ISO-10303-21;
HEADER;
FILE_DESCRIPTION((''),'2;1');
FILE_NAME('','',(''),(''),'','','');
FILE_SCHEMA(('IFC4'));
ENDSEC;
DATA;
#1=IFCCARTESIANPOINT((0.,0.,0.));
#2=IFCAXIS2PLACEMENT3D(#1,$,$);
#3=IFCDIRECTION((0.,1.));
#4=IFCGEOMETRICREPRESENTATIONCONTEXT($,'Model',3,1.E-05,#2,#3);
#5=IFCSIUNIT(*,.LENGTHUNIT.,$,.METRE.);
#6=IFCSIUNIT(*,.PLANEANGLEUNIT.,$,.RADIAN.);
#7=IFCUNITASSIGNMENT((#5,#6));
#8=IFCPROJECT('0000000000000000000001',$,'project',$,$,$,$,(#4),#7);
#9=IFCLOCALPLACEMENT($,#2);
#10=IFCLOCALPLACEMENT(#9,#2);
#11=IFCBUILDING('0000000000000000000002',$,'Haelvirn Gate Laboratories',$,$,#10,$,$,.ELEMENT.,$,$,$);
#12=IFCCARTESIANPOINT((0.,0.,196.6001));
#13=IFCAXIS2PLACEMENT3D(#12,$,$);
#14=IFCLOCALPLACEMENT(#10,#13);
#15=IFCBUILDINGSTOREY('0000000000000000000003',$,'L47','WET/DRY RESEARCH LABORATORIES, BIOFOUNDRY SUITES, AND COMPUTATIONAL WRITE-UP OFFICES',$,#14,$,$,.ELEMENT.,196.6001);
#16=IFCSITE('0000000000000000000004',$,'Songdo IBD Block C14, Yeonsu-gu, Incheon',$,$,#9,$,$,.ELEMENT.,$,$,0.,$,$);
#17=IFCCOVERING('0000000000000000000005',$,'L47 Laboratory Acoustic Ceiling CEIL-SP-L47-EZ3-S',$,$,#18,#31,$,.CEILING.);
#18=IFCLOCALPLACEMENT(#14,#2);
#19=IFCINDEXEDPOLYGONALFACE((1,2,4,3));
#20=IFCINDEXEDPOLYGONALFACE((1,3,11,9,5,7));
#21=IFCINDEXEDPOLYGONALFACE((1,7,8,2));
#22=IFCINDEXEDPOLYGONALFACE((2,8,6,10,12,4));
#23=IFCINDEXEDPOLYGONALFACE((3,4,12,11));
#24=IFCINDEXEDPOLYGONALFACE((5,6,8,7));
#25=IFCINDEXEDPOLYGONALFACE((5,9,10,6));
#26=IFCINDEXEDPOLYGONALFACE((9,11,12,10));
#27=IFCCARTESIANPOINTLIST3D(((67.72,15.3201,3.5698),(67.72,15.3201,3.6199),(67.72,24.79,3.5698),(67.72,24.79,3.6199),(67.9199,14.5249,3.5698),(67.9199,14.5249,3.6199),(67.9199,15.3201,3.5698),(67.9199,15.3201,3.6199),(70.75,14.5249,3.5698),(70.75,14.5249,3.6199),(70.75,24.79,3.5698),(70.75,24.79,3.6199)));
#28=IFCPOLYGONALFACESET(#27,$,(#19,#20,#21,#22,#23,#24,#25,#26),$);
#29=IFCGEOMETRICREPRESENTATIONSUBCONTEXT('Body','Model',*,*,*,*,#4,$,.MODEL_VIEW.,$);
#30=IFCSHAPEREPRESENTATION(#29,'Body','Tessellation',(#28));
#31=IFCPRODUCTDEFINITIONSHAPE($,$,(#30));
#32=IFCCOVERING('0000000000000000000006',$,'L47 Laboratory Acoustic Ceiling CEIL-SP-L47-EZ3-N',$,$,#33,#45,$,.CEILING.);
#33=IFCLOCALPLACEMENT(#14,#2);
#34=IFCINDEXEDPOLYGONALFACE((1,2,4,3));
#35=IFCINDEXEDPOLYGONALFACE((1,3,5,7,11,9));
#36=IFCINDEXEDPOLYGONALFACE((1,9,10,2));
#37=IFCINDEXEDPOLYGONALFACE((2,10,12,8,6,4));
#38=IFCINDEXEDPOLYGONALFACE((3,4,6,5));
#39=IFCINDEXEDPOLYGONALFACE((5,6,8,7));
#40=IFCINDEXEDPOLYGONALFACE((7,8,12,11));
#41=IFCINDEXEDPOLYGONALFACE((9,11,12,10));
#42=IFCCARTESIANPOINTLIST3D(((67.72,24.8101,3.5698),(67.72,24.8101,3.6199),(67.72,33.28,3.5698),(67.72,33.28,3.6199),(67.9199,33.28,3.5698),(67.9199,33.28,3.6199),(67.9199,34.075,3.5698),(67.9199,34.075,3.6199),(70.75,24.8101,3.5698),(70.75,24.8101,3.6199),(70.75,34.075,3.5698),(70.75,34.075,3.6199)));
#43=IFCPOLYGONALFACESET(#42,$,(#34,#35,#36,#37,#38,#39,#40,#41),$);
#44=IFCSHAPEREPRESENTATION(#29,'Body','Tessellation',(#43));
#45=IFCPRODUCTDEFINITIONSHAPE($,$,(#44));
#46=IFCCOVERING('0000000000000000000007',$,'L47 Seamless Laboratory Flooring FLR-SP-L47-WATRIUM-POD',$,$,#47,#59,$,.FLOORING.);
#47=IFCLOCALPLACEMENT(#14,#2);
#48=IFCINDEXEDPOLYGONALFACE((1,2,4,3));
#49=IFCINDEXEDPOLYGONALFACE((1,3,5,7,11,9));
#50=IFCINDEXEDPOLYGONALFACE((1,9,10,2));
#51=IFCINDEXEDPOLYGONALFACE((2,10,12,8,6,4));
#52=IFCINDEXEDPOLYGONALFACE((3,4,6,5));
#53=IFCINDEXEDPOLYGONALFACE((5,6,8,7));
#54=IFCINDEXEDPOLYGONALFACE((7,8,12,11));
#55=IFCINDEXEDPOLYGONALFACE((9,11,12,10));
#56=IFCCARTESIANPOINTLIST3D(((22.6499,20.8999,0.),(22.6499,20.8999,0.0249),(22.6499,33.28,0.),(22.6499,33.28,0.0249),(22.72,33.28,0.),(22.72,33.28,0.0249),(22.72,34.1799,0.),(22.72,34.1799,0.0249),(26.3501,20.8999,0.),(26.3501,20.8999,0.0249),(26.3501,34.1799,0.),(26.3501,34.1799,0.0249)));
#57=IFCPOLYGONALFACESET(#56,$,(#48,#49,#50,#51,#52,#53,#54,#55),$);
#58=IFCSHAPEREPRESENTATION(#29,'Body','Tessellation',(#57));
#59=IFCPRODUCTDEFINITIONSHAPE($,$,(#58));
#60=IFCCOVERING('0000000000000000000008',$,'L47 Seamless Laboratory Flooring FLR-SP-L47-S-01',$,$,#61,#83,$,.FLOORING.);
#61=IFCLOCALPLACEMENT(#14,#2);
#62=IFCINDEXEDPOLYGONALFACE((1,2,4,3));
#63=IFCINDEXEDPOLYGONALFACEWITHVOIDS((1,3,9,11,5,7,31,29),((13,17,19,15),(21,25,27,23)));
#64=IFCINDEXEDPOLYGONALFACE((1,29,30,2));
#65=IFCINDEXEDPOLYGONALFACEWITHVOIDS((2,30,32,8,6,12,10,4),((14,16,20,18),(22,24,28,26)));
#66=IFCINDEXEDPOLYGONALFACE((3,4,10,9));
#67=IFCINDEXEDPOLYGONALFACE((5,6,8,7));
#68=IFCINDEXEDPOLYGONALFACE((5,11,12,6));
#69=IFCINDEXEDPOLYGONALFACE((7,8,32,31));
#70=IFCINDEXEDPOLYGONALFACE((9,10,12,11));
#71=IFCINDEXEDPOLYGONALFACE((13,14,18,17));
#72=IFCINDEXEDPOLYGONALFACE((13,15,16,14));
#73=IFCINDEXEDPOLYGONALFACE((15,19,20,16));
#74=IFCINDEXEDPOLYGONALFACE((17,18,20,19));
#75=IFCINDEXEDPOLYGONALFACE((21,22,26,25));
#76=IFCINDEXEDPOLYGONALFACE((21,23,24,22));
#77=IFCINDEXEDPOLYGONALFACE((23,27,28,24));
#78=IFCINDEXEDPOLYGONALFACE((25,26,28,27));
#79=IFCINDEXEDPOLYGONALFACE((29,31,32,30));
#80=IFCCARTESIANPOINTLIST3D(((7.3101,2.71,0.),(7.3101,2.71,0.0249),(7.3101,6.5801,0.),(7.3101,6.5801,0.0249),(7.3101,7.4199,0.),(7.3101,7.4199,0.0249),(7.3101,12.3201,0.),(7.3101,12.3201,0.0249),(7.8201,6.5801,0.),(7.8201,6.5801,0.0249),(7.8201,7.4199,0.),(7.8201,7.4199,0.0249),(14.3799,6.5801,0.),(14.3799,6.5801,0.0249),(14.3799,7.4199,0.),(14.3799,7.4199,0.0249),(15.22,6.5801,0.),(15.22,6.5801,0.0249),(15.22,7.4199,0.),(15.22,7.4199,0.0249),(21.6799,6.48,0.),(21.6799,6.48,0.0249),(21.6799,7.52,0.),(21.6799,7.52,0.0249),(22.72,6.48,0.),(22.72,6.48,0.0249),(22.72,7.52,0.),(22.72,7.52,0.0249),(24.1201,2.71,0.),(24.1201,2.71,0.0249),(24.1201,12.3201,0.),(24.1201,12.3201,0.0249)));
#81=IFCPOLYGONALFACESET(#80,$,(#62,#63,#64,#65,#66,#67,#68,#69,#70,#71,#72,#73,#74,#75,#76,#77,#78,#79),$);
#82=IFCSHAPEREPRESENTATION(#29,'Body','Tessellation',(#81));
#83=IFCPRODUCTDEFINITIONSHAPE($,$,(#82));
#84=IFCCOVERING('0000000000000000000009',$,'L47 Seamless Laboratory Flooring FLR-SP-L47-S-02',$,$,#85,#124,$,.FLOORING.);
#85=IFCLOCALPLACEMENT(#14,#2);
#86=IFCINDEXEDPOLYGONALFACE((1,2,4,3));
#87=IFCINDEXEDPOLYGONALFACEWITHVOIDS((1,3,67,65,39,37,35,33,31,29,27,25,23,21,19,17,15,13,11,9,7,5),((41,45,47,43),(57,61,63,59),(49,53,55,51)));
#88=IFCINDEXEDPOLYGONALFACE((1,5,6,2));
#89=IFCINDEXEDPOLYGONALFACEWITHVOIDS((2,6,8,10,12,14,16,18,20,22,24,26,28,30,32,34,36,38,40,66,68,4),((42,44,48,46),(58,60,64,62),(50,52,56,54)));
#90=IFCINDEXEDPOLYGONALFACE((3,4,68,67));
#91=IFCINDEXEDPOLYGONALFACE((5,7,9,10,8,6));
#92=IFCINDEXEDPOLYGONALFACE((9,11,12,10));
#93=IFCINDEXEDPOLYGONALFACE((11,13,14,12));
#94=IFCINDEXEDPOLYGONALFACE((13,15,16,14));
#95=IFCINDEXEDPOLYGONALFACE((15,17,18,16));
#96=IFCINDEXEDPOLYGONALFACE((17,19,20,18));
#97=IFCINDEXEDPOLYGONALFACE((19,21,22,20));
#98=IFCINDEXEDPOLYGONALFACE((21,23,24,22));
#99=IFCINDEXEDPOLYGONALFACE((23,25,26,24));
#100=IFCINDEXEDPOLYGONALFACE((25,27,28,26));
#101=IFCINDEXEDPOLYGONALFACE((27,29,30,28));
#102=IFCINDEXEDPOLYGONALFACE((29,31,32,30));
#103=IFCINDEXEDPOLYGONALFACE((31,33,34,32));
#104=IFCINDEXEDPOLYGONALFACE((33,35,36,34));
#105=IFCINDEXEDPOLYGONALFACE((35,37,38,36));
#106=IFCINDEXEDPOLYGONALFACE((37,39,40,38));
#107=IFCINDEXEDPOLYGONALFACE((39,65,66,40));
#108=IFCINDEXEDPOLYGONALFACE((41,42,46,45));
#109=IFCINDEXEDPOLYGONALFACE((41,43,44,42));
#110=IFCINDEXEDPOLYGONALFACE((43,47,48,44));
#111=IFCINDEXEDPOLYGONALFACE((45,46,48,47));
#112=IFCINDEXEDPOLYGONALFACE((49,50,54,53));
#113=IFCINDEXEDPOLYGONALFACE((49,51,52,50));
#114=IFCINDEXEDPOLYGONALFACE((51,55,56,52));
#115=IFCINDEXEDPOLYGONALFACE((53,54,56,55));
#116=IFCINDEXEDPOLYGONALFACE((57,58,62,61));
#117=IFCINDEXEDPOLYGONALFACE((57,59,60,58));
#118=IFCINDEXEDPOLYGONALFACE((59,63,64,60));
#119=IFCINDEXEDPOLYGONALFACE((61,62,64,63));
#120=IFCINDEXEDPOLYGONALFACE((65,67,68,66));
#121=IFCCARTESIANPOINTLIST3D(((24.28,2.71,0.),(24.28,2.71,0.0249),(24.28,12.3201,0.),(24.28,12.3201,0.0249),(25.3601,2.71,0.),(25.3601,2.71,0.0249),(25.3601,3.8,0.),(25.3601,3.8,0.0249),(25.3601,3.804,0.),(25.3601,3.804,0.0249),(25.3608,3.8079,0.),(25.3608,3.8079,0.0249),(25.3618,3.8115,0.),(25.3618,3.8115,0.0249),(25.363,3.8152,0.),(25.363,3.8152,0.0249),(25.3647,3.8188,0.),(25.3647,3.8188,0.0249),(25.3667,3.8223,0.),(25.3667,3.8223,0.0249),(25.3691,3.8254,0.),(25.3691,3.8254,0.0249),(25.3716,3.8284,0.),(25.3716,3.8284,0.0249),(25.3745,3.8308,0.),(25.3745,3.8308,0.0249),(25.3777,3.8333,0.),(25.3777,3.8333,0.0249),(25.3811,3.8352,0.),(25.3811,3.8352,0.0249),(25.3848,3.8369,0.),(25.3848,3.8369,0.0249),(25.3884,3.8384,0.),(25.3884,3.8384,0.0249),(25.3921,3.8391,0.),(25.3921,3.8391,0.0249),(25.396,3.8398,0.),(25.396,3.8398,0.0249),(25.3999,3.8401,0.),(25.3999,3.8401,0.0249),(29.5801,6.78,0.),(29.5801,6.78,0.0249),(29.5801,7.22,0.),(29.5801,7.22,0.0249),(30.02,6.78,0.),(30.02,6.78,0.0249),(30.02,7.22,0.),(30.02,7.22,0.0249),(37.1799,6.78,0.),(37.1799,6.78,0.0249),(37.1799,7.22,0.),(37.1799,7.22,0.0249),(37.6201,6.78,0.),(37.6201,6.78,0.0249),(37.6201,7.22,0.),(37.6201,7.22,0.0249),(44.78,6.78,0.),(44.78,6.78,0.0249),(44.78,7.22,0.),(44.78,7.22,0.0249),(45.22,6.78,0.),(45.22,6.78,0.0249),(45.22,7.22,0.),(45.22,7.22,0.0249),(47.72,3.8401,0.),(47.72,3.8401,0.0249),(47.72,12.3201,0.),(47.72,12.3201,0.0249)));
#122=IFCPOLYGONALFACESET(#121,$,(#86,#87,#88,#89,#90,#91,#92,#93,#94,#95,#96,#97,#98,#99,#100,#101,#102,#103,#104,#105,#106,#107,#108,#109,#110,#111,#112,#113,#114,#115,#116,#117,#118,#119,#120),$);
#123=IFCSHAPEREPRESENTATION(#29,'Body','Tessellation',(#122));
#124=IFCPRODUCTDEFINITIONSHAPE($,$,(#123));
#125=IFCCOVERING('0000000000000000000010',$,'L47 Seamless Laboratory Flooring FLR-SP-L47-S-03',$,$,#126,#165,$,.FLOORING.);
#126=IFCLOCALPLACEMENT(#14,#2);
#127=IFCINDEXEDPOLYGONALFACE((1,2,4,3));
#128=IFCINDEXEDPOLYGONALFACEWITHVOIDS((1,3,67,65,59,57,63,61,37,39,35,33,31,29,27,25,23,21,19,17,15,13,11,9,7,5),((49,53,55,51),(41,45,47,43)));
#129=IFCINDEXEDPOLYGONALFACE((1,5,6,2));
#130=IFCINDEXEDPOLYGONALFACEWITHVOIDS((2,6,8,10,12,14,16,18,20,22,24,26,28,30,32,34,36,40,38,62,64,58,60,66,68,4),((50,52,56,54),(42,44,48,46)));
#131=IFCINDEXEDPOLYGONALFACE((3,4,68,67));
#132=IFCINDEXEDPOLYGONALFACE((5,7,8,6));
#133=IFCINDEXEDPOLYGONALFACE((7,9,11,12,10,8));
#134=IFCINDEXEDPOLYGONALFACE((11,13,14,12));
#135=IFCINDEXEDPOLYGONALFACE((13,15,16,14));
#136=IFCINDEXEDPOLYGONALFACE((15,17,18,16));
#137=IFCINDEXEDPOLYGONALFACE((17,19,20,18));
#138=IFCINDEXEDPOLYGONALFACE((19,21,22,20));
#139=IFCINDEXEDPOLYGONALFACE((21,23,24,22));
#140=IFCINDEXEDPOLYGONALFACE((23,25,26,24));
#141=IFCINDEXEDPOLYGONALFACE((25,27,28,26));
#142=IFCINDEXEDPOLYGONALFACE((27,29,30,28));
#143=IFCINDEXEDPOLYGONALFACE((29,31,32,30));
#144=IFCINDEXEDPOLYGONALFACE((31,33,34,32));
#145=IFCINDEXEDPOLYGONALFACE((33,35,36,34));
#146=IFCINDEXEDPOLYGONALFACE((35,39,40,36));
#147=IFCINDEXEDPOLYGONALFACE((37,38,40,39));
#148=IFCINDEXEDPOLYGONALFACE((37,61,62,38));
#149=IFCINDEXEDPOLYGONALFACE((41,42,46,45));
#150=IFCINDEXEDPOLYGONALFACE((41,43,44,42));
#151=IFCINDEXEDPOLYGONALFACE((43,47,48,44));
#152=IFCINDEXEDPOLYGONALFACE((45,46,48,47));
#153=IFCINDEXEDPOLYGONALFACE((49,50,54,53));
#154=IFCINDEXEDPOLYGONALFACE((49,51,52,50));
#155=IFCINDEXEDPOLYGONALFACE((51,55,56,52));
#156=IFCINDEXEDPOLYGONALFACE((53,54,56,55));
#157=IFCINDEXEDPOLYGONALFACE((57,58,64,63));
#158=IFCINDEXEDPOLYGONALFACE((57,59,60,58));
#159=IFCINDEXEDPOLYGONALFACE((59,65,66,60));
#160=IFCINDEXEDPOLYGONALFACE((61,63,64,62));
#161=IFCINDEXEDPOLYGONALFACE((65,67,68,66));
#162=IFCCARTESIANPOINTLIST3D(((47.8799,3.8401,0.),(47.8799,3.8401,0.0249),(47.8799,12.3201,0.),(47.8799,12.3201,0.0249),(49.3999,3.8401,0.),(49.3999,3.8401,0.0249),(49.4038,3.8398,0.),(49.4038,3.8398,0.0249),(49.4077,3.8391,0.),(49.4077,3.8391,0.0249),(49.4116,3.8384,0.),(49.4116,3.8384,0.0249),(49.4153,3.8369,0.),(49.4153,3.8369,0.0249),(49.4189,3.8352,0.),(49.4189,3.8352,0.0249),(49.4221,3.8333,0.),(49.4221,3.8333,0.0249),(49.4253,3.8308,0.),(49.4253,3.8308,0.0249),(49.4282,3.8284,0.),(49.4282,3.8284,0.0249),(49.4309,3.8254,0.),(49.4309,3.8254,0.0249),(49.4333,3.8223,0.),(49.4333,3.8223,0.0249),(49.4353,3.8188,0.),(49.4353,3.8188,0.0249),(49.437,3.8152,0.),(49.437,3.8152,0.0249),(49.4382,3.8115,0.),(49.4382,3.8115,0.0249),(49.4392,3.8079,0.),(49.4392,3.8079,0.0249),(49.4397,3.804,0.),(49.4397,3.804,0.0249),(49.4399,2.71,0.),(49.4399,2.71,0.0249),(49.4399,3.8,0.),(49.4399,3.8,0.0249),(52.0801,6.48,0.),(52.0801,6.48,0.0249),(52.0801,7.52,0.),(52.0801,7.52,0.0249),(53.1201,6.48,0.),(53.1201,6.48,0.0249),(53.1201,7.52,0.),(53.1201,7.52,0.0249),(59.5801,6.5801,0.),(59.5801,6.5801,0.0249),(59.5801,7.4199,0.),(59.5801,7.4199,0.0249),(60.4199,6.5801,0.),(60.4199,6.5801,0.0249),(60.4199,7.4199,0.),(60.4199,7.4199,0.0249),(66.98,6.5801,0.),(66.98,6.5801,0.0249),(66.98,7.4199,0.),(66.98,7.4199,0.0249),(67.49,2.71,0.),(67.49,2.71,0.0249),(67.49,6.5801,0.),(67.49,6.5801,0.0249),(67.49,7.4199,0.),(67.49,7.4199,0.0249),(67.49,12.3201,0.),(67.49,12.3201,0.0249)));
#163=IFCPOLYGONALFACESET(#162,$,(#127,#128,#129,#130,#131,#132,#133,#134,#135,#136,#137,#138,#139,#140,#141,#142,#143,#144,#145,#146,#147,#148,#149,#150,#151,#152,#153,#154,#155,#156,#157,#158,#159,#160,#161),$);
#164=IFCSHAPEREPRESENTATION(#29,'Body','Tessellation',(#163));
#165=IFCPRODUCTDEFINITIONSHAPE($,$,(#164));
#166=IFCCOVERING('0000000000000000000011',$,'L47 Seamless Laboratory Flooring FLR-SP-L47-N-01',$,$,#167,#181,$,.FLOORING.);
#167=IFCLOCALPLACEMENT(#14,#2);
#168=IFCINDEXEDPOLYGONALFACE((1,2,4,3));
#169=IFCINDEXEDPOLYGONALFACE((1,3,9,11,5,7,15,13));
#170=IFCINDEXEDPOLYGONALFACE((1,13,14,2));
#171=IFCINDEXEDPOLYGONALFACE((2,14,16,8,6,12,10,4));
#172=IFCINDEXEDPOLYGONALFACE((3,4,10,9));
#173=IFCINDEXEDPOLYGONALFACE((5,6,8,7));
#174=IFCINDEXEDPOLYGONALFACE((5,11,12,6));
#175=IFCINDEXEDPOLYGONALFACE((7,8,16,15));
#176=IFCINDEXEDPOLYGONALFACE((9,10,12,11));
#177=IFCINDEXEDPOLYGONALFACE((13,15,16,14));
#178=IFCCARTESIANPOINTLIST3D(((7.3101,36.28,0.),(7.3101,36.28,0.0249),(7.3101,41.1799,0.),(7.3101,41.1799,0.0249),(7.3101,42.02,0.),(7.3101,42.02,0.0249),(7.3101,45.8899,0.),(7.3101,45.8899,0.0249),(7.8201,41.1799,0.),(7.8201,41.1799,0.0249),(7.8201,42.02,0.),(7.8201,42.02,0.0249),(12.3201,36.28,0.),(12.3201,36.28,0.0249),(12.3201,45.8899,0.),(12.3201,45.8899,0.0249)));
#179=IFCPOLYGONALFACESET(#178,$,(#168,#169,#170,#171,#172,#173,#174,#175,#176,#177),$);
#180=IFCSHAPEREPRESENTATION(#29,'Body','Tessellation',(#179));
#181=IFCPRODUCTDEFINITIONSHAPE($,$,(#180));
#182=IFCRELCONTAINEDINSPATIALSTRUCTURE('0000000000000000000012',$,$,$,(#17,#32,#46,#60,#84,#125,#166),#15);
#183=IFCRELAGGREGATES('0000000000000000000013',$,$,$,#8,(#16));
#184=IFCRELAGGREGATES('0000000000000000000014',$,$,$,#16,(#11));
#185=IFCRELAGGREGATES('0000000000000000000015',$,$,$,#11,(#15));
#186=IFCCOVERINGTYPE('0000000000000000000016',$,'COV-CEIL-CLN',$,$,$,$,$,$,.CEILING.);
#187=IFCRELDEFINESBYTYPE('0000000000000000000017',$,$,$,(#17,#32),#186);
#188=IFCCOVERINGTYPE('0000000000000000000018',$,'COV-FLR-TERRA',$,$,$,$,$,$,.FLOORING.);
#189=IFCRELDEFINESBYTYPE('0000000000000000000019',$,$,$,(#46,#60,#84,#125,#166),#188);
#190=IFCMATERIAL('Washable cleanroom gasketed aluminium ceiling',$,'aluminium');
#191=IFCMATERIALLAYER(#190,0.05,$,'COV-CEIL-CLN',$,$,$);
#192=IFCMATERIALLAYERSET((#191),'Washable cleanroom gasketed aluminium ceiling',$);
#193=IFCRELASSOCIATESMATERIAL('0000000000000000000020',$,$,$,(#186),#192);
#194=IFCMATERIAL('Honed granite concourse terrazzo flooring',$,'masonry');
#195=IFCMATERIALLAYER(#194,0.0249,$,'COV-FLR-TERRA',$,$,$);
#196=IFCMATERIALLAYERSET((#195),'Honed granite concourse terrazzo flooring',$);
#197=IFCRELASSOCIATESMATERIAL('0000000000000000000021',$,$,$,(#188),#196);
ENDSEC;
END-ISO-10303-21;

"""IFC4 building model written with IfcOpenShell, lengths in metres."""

from ifc_helpers import new_model, si_unit, direction, frame, origin, place, context, subcontext, project, spatial, polyline, outline, extrude, material, layer, layer_set, type_object, element, save


model = new_model("IFC4")

# Units and contexts
model_context = context("Model", 3, precision=1e-05, world=origin(), true_north=direction((0.0, 1.0)))
body_context = subcontext(model_context, "Body", "Model", "MODEL_VIEW")
ifc_project = project(units=[si_unit("LENGTHUNIT", "METRE"), si_unit("PLANEANGLEUNIT", "RADIAN")], contexts=[model_context])

# Site, building, storey
site_placement = place(None, origin())
site = spatial("IfcSite", under=ifc_project, at=site_placement, Name="Songdo IBD Block C14, Yeonsu-gu, Incheon", CompositionType="ELEMENT", RefElevation=0.0)
building_placement = place(site_placement, origin())
building = spatial("IfcBuilding", under=site, at=building_placement, Name="Haelvirn Gate Laboratories", CompositionType="ELEMENT")
storey_placement = place(building_placement, frame((0.0, 0.0, 196.6001)))
storey = spatial("IfcBuildingStorey", under=building, at=storey_placement, Name="L47", Description="WET/DRY RESEARCH LABORATORIES, BIOFOUNDRY SUITES, AND COMPUTATIONAL WRITE-UP OFFICES", CompositionType="ELEMENT", Elevation=196.6001)

# Coverings
ifc_material_1 = material(Name="Washable cleanroom gasketed aluminium ceiling", Category="aluminium")
ifc_layer_1 = layer(ifc_material_1, 0.05, Name="COV-CEIL-CLN")
ifc_layer_set_1 = layer_set([ifc_layer_1], Name="Washable cleanroom gasketed aluminium ceiling")
covering_type_1 = type_object("IfcCoveringType", Name="COV-CEIL-CLN", PredefinedType="CEILING", material=ifc_layer_set_1)
covering_1_placement = place(storey_placement, frame((0.0, 0.0, 3.5698)))
element("IfcCovering", 1, at=covering_1_placement, inside=storey, type_object=covering_type_1, Name="L47 Laboratory Acoustic Ceiling CEIL-SP-L47-EZ3-S", PredefinedType="CEILING", context=body_context, shape_type="SweptSolid", body=[
    extrude(outline(polyline([(70.75, 24.79), (70.75, 14.5249), (67.9199, 14.5249), (67.9199, 15.3201), (67.72, 15.3201), (67.72, 24.79), (70.75, 24.79)])), origin(), (0.0, 0.0, 1.0), 0.05),
])
covering_2_placement = place(storey_placement, frame((0.0, 0.0, 3.5698)))
element("IfcCovering", 2, at=covering_2_placement, inside=storey, type_object=covering_type_1, Name="L47 Laboratory Acoustic Ceiling CEIL-SP-L47-EZ3-N", PredefinedType="CEILING", context=body_context, shape_type="SweptSolid", body=[
    extrude(outline(polyline([(70.75, 34.075), (70.75, 24.8101), (67.72, 24.8101), (67.72, 33.28), (67.9199, 33.28), (67.9199, 34.075), (70.75, 34.075)])), origin(), (0.0, 0.0, 1.0), 0.05),
])
ifc_material_2 = material(Name="Honed granite concourse terrazzo flooring", Category="masonry")
ifc_layer_2 = layer(ifc_material_2, 0.0249, Name="COV-FLR-TERRA")
ifc_layer_set_2 = layer_set([ifc_layer_2], Name="Honed granite concourse terrazzo flooring")
covering_type_2 = type_object("IfcCoveringType", Name="COV-FLR-TERRA", PredefinedType="FLOORING", material=ifc_layer_set_2)
covering_3_placement = place(storey_placement, origin())
element("IfcCovering", 3, at=covering_3_placement, inside=storey, type_object=covering_type_2, Name="L47 Seamless Laboratory Flooring FLR-SP-L47-WATRIUM-POD", PredefinedType="FLOORING", context=body_context, shape_type="SweptSolid", body=[
    extrude(outline(polyline([(22.72, 33.28), (22.72, 34.1799), (26.3501, 34.1799), (26.3501, 20.8999), (22.6499, 20.8999), (22.6499, 33.28), (22.72, 33.28)])), origin(), (0.0, 0.0, 1.0), 0.0249),
])
covering_4_placement = place(storey_placement, origin())
element("IfcCovering", 4, at=covering_4_placement, inside=storey, type_object=covering_type_2, Name="L47 Seamless Laboratory Flooring FLR-SP-L47-S-01", PredefinedType="FLOORING", context=body_context, shape_type="SweptSolid", body=[
    extrude(outline(polyline([(7.3101, 2.71), (7.3101, 6.5801), (7.8201, 6.5801), (7.8201, 7.4199), (7.3101, 7.4199), (7.3101, 12.3201), (24.1201, 12.3201), (24.1201, 2.71), (7.3101, 2.71)]), holes=[polyline([(15.22, 6.5801), (15.22, 7.4199), (14.3799, 7.4199), (14.3799, 6.5801), (15.22, 6.5801)]), polyline([(21.6799, 6.48), (22.72, 6.48), (22.72, 7.52), (21.6799, 7.52), (21.6799, 6.48)])]), origin(), (0.0, 0.0, 1.0), 0.0249),
])
covering_5_placement = place(storey_placement, origin())
element("IfcCovering", 5, at=covering_5_placement, inside=storey, type_object=covering_type_2, Name="L47 Seamless Laboratory Flooring FLR-SP-L47-S-02", PredefinedType="FLOORING", context=body_context, shape_type="SweptSolid", body=[
    extrude(outline(polyline([(25.3999, 3.8401), (25.396, 3.8398), (25.3921, 3.8391), (25.3884, 3.8384), (25.3848, 3.8369), (25.3811, 3.8352), (25.3777, 3.8333), (25.3745, 3.8308), (25.3716, 3.8284), (25.3691, 3.8254), (25.3667, 3.8223), (25.3647, 3.8188), (25.363, 3.8152), (25.3618, 3.8115), (25.3608, 3.8079), (25.3601, 3.804), (25.3601, 3.8), (25.3601, 2.71), (24.28, 2.71), (24.28, 12.3201), (47.72, 12.3201), (47.72, 3.8401), (25.3999, 3.8401)]), holes=[polyline([(30.02, 6.78), (30.02, 7.22), (29.5801, 7.22), (29.5801, 6.78), (30.02, 6.78)]), polyline([(37.1799, 6.78), (37.6201, 6.78), (37.6201, 7.22), (37.1799, 7.22), (37.1799, 6.78)]), polyline([(44.78, 7.22), (44.78, 6.78), (45.22, 6.78), (45.22, 7.22), (44.78, 7.22)])]), origin(), (0.0, 0.0, 1.0), 0.0249),
])
covering_6_placement = place(storey_placement, origin())
element("IfcCovering", 6, at=covering_6_placement, inside=storey, type_object=covering_type_2, Name="L47 Seamless Laboratory Flooring FLR-SP-L47-S-03", PredefinedType="FLOORING", context=body_context, shape_type="SweptSolid", body=[
    extrude(outline(polyline([(49.4399, 3.8), (49.4397, 3.804), (49.4392, 3.8079), (49.4382, 3.8115), (49.437, 3.8152), (49.4353, 3.8188), (49.4333, 3.8223), (49.4309, 3.8254), (49.4282, 3.8284), (49.4253, 3.8308), (49.4221, 3.8333), (49.4189, 3.8352), (49.4153, 3.8369), (49.4116, 3.8384), (49.4077, 3.8391), (49.4038, 3.8398), (49.3999, 3.8401), (47.8799, 3.8401), (47.8799, 12.3201), (67.49, 12.3201), (67.49, 7.4199), (66.98, 7.4199), (66.98, 6.5801), (67.49, 6.5801), (67.49, 2.71), (49.4399, 2.71), (49.4399, 3.8)]), holes=[polyline([(53.1201, 6.48), (53.1201, 7.52), (52.0801, 7.52), (52.0801, 6.48), (53.1201, 6.48)]), polyline([(59.5801, 6.5801), (60.4199, 6.5801), (60.4199, 7.4199), (59.5801, 7.4199), (59.5801, 6.5801)])]), origin(), (0.0, 0.0, 1.0), 0.0249),
])
covering_7_placement = place(storey_placement, origin())
element("IfcCovering", 7, at=covering_7_placement, inside=storey, type_object=covering_type_2, Name="L47 Seamless Laboratory Flooring FLR-SP-L47-N-01", PredefinedType="FLOORING", context=body_context, shape_type="SweptSolid", body=[
    extrude(outline(polyline([(7.8201, 41.1799), (7.8201, 42.02), (7.3101, 42.02), (7.3101, 45.8899), (12.3201, 45.8899), (12.3201, 36.28), (7.3101, 36.28), (7.3101, 41.1799), (7.8201, 41.1799)])), origin(), (0.0, 0.0, 1.0), 0.0249),
])

save(model, "model.ifc")
